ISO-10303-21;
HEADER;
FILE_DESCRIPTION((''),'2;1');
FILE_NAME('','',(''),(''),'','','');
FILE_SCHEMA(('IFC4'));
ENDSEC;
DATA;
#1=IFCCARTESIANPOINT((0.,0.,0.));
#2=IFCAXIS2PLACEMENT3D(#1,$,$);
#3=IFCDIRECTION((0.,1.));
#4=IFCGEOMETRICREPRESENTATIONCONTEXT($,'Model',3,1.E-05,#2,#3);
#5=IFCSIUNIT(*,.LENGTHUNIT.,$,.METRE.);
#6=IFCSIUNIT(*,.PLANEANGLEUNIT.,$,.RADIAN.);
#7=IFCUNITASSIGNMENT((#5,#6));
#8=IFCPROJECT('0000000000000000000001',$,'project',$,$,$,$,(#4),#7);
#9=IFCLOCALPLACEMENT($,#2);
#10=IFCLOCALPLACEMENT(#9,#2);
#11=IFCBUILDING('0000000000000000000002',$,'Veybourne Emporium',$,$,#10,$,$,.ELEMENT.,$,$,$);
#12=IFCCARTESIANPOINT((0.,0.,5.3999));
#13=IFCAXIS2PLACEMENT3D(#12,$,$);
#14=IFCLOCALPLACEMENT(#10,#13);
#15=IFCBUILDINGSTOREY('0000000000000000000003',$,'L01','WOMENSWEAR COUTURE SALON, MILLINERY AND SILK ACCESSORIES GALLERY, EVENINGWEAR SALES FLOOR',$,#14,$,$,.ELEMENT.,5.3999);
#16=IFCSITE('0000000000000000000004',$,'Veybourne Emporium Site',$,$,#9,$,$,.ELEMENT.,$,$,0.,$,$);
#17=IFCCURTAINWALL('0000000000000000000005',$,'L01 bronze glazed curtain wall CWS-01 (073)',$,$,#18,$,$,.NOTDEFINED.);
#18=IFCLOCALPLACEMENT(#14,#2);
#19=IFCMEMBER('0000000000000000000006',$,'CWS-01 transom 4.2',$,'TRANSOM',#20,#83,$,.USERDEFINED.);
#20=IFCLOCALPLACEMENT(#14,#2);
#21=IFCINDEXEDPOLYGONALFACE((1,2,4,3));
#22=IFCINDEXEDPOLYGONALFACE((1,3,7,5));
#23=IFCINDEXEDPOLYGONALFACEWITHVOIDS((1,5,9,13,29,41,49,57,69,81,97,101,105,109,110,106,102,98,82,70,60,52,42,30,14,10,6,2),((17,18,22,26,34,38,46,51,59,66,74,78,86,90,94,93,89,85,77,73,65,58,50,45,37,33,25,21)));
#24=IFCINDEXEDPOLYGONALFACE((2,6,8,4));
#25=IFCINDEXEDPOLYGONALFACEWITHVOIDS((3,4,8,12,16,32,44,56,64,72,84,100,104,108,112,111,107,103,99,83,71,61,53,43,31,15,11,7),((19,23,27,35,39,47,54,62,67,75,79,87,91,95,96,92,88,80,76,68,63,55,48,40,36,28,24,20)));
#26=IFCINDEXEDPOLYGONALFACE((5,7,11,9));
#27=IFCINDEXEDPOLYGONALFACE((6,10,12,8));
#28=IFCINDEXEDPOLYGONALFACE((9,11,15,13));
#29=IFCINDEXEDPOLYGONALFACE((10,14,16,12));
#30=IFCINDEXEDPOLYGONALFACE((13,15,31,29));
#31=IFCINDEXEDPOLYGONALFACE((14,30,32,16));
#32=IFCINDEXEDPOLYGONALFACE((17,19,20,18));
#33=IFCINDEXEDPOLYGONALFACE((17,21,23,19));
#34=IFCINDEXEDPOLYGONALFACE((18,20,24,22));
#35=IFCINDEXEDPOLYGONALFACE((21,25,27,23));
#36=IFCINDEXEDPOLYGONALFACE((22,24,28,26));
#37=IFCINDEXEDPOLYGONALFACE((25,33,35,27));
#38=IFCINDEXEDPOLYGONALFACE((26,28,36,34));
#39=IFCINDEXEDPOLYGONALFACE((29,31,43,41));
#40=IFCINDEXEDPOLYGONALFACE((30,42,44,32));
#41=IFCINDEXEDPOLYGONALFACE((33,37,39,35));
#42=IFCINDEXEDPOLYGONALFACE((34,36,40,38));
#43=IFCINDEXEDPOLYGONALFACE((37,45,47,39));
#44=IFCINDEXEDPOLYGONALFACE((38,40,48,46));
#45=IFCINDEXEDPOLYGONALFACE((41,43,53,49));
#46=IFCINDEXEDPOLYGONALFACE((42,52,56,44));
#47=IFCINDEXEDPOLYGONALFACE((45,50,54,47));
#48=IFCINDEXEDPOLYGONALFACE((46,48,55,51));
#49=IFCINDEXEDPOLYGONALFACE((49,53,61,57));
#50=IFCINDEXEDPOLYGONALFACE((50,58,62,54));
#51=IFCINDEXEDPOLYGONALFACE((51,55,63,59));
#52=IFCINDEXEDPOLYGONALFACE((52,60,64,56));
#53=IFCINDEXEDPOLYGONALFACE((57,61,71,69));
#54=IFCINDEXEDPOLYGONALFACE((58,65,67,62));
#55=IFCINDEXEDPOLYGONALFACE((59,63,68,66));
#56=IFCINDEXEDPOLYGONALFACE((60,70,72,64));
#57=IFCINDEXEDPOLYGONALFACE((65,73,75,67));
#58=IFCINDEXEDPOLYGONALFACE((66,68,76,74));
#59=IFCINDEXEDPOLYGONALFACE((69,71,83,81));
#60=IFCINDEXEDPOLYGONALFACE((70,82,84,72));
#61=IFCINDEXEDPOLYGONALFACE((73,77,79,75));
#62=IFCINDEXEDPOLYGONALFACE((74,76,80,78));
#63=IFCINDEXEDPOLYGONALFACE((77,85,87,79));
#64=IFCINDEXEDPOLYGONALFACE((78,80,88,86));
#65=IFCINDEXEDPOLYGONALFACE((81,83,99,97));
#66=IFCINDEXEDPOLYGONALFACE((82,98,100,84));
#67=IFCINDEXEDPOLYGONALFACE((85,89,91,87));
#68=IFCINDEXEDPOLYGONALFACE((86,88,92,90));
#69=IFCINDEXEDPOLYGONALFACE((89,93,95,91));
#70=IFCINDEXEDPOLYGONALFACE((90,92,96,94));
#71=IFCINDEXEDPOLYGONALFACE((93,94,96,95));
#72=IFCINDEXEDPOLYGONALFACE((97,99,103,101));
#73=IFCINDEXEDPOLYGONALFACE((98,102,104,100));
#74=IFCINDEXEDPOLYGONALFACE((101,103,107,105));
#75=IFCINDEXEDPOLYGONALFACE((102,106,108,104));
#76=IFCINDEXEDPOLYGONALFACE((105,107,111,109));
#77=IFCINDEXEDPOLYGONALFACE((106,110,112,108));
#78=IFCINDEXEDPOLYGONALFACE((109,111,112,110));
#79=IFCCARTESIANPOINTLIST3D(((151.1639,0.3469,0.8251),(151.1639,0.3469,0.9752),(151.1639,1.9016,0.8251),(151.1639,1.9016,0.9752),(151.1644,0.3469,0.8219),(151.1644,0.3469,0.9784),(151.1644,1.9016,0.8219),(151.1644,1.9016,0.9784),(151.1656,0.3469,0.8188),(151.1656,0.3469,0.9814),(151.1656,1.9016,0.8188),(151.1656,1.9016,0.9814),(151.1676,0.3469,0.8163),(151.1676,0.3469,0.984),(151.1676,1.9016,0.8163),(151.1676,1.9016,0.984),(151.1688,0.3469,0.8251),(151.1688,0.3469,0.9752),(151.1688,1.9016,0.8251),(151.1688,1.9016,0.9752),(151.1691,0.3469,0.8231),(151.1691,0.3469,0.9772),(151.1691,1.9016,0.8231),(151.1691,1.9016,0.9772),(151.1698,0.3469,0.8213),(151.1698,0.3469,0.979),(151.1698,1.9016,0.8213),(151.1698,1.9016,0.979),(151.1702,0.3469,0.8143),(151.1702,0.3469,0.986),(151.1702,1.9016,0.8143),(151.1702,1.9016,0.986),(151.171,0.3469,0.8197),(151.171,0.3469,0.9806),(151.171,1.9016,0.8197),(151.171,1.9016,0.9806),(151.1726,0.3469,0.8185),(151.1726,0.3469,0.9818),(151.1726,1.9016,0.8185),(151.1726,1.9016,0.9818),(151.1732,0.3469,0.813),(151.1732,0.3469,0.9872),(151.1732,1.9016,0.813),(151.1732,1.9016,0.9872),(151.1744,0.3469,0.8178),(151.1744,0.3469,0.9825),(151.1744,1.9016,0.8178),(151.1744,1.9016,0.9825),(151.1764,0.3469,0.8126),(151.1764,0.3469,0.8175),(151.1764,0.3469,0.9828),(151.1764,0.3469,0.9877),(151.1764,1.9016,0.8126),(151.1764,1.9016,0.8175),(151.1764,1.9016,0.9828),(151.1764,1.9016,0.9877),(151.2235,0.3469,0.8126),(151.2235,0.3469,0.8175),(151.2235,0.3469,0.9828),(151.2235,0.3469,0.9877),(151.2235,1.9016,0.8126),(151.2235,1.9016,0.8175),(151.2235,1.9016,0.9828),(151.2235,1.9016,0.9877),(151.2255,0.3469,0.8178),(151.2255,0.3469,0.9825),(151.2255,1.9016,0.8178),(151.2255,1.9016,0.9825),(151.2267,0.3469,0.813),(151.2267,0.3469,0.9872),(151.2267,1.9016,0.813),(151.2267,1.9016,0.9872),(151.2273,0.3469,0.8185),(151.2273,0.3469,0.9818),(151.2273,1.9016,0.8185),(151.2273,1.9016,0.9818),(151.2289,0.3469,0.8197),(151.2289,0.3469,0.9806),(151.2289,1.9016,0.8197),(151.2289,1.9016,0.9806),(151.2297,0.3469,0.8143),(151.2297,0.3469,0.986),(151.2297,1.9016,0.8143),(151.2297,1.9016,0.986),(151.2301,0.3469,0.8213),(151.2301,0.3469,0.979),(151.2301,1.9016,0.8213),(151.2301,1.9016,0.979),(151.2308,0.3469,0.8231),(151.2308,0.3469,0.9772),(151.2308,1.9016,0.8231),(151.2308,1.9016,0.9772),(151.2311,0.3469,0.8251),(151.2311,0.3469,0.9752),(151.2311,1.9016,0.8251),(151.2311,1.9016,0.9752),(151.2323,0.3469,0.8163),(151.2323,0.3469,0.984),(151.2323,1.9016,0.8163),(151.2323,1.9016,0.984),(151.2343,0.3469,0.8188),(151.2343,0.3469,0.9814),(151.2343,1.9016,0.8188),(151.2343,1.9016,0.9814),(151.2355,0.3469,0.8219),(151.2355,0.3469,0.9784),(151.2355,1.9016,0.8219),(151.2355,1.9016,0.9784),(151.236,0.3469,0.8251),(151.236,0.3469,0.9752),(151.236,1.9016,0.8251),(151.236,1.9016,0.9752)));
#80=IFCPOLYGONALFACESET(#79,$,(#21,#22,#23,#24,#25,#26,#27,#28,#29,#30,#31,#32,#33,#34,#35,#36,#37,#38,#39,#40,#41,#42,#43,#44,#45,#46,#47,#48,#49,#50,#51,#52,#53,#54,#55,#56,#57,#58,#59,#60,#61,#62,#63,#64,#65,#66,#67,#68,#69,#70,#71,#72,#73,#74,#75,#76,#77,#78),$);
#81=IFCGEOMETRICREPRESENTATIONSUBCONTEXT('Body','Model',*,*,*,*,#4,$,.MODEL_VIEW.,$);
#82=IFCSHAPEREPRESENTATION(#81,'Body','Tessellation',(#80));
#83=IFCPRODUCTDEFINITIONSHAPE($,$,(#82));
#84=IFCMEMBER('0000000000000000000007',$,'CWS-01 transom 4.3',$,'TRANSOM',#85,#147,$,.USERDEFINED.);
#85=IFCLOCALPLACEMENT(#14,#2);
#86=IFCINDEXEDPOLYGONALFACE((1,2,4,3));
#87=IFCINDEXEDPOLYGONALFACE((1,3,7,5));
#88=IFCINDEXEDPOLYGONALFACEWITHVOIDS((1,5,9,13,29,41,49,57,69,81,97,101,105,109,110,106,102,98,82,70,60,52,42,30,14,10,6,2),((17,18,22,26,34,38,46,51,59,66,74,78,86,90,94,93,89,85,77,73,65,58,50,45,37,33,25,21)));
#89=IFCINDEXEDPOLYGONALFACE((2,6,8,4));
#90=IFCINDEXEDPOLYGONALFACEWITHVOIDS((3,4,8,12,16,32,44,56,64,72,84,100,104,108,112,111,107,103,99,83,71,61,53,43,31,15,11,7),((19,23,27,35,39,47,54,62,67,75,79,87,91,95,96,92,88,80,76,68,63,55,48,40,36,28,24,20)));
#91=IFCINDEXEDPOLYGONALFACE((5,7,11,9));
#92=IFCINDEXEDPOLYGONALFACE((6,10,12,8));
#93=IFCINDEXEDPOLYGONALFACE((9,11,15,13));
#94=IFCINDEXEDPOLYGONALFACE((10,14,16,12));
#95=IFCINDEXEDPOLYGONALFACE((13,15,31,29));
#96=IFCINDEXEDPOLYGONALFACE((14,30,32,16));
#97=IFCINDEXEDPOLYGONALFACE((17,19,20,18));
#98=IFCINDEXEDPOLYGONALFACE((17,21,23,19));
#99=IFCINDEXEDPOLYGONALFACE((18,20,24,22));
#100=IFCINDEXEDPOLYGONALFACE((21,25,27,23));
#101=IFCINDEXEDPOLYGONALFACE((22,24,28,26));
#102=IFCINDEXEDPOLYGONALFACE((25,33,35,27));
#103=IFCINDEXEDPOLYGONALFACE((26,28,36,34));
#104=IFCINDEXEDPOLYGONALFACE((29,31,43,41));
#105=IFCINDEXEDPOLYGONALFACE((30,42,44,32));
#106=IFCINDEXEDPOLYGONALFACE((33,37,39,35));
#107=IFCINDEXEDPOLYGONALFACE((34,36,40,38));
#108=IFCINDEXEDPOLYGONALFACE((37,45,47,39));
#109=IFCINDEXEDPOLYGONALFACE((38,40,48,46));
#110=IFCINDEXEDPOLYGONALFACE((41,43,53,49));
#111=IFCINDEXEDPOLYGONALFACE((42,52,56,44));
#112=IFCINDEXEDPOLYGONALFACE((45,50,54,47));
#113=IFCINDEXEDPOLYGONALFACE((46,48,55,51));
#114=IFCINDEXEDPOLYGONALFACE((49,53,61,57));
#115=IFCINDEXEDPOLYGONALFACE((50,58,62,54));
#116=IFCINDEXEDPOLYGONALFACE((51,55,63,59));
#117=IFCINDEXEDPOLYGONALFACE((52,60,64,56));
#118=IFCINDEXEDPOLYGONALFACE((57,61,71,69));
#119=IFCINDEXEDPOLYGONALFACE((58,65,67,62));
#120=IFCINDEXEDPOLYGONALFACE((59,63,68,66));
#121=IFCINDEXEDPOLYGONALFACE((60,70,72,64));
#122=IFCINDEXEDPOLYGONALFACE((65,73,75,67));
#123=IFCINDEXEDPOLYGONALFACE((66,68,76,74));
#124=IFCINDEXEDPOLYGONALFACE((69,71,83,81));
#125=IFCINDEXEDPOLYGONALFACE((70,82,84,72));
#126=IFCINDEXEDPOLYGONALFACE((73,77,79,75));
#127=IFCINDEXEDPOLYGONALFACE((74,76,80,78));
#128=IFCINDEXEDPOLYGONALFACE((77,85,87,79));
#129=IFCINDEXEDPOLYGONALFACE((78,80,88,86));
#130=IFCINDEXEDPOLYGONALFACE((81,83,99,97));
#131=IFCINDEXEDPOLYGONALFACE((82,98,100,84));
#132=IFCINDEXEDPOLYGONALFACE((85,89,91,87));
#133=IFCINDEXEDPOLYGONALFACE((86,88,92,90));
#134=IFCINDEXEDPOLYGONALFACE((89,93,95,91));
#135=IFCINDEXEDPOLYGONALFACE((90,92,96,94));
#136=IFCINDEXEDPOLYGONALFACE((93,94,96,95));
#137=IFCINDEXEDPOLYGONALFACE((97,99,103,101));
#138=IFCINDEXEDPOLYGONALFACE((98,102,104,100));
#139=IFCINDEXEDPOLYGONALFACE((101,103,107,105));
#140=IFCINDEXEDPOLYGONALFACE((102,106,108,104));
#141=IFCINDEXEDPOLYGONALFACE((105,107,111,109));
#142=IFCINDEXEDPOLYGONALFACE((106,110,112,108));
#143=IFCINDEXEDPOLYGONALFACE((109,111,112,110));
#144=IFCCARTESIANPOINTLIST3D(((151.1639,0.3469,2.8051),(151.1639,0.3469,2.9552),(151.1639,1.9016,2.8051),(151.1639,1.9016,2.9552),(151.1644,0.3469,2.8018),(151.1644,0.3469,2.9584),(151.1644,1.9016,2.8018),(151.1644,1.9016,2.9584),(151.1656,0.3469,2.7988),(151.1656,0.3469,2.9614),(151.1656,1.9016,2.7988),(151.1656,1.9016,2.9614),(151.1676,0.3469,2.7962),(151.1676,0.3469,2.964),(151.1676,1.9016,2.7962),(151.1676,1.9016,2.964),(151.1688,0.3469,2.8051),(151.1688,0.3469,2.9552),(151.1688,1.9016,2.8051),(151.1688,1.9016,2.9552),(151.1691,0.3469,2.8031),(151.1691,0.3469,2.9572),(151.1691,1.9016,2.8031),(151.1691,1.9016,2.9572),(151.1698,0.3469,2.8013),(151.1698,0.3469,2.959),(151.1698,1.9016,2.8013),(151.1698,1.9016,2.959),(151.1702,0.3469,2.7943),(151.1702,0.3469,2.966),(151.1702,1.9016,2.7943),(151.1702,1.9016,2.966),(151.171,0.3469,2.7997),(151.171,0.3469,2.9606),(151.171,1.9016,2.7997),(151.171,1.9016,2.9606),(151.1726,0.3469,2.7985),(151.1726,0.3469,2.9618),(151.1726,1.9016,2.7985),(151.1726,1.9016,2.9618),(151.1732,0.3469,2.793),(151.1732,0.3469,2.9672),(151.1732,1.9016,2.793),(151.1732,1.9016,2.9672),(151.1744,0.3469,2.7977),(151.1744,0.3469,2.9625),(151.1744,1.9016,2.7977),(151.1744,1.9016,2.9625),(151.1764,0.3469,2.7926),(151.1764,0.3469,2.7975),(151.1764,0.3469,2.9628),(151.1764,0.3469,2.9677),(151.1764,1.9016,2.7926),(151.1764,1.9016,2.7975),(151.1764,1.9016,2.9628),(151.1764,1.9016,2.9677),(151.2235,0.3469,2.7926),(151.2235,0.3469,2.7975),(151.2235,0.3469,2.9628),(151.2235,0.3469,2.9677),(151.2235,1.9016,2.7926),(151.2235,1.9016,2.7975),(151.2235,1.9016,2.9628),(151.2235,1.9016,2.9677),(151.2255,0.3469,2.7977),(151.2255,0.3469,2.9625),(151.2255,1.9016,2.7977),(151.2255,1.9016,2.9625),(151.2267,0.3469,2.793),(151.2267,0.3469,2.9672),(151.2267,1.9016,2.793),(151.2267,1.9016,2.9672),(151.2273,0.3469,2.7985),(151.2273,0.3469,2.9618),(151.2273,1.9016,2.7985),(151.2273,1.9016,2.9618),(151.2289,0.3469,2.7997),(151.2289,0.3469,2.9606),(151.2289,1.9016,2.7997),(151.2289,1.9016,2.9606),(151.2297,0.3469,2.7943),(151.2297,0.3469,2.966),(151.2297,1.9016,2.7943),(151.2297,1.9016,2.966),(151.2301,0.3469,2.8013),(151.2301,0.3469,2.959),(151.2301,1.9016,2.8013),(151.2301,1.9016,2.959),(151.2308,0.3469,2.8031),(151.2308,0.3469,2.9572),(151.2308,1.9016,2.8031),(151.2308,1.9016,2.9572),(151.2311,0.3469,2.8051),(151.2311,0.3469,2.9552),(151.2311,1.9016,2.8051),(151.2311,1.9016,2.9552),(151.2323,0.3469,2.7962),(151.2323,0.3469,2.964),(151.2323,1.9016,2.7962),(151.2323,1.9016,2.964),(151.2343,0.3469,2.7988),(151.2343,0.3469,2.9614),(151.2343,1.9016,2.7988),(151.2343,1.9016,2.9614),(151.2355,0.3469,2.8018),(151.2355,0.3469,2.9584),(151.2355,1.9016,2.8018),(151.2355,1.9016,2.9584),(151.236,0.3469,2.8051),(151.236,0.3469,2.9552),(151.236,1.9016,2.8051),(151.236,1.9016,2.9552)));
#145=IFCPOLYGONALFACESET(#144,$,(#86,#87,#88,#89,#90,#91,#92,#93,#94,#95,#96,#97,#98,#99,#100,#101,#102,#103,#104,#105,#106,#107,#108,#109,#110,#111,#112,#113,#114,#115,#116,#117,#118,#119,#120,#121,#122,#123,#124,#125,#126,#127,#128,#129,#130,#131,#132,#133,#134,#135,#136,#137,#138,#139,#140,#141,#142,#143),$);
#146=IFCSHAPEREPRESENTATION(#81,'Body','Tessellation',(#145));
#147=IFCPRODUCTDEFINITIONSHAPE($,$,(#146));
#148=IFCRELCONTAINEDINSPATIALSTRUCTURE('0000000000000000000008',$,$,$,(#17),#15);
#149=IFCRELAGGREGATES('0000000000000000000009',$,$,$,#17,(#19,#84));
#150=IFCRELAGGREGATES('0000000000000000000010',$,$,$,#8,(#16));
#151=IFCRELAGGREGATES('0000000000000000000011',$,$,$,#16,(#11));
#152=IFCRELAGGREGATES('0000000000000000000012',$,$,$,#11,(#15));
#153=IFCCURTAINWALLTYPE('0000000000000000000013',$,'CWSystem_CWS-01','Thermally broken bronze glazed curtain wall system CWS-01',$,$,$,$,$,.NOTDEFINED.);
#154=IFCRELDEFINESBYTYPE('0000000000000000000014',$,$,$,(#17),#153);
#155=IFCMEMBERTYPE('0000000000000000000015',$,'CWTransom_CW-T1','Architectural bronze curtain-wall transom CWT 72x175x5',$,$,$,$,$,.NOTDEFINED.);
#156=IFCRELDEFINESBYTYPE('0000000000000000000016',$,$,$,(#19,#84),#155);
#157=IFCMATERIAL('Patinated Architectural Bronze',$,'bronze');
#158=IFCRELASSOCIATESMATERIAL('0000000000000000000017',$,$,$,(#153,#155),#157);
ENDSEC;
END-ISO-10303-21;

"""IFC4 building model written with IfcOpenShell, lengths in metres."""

from ifc_helpers import new_model, si_unit, direction, frame, origin, origin_2d, place, context, subcontext, project, spatial, hollow_rectangle, extrude, material, material_profile, profile_set, type_object, element, aggregate, save


model = new_model("IFC4")

# Units and contexts
model_context = context("Model", 3, precision=1e-05, world=origin(), true_north=direction((0.0, 1.0)))
body_context = subcontext(model_context, "Body", "Model", "MODEL_VIEW")
ifc_project = project(units=[si_unit("LENGTHUNIT", "METRE"), si_unit("PLANEANGLEUNIT", "RADIAN")], contexts=[model_context])

# Site, building, storey
site_placement = place(None, origin())
site = spatial("IfcSite", under=ifc_project, at=site_placement, Name="Veybourne Emporium Site", CompositionType="ELEMENT", RefElevation=0.0)
building_placement = place(site_placement, origin())
building = spatial("IfcBuilding", under=site, at=building_placement, Name="Veybourne Emporium", CompositionType="ELEMENT")
storey_placement = place(building_placement, frame((0.0, 0.0, 5.3999)))
storey = spatial("IfcBuildingStorey", under=building, at=storey_placement, Name="L01", Description="WOMENSWEAR COUTURE SALON, MILLINERY AND SILK ACCESSORIES GALLERY, EVENINGWEAR SALES FLOOR", CompositionType="ELEMENT", Elevation=5.3999)

# Curtain wall, members
ifc_material_1 = material(Name="Patinated Architectural Bronze", Category="bronze")
curtain_wall_type = type_object("IfcCurtainWallType", Name="CWSystem_CWS-01", Description="Thermally broken bronze glazed curtain wall system CWS-01", PredefinedType="NOTDEFINED", material=ifc_material_1)
curtain_wall_placement = place(storey_placement, origin())
curtain_wall = element("IfcCurtainWall", 1, at=curtain_wall_placement, inside=storey, type_object=curtain_wall_type, Name="L01 bronze glazed curtain wall CWS-01 (073)", PredefinedType="NOTDEFINED")
ifc_material_profile_1 = material_profile(ifc_material_1, hollow_rectangle(XDim=0.072, YDim=0.175, WallThickness=0.0049, InnerFilletRadius=0.0076, OuterFilletRadius=0.0125, at=origin_2d()), Name="CWT 72x175x5")
ifc_profile_set_1 = profile_set([ifc_material_profile_1], Name="Patinated Architectural Bronze")
member_type_1 = type_object("IfcMemberType", Name="CWTransom_CW-T1", Description="Architectural bronze curtain-wall transom CWT 72x175x5", PredefinedType="NOTDEFINED", material=ifc_profile_set_1)
member_1_placement = place(storey_placement, frame((151.2, 1.9016, 0.9001), z_axis=(0.0, -1.0, 0.0), x_axis=(1.0, 0.0, 0.0)))
member_1 = element("IfcMember", 2, at=member_1_placement, type_object=member_type_1, Name="CWS-01 transom 4.2", ObjectType="TRANSOM", PredefinedType="USERDEFINED", context=body_context, shape_type="SweptSolid", body=[
    extrude(hollow_rectangle(XDim=0.072, YDim=0.175, WallThickness=0.0049, InnerFilletRadius=0.0076, OuterFilletRadius=0.0125, at=origin_2d()), origin(), (0.0, 0.0, 1.0), 1.5547),
])
member_2_placement = place(storey_placement, frame((151.2, 1.9016, 2.8801), z_axis=(0.0, -1.0, 0.0), x_axis=(1.0, 0.0, 0.0)))
member_2 = element("IfcMember", 3, at=member_2_placement, type_object=member_type_1, Name="CWS-01 transom 4.3", ObjectType="TRANSOM", PredefinedType="USERDEFINED", context=body_context, shape_type="SweptSolid", body=[
    extrude(hollow_rectangle(XDim=0.072, YDim=0.175, WallThickness=0.0049, InnerFilletRadius=0.0076, OuterFilletRadius=0.0125, at=origin_2d()), origin(), (0.0, 0.0, 1.0), 1.5547),
])
aggregate(curtain_wall, [member_1, member_2])

save(model, "model.ifc")
